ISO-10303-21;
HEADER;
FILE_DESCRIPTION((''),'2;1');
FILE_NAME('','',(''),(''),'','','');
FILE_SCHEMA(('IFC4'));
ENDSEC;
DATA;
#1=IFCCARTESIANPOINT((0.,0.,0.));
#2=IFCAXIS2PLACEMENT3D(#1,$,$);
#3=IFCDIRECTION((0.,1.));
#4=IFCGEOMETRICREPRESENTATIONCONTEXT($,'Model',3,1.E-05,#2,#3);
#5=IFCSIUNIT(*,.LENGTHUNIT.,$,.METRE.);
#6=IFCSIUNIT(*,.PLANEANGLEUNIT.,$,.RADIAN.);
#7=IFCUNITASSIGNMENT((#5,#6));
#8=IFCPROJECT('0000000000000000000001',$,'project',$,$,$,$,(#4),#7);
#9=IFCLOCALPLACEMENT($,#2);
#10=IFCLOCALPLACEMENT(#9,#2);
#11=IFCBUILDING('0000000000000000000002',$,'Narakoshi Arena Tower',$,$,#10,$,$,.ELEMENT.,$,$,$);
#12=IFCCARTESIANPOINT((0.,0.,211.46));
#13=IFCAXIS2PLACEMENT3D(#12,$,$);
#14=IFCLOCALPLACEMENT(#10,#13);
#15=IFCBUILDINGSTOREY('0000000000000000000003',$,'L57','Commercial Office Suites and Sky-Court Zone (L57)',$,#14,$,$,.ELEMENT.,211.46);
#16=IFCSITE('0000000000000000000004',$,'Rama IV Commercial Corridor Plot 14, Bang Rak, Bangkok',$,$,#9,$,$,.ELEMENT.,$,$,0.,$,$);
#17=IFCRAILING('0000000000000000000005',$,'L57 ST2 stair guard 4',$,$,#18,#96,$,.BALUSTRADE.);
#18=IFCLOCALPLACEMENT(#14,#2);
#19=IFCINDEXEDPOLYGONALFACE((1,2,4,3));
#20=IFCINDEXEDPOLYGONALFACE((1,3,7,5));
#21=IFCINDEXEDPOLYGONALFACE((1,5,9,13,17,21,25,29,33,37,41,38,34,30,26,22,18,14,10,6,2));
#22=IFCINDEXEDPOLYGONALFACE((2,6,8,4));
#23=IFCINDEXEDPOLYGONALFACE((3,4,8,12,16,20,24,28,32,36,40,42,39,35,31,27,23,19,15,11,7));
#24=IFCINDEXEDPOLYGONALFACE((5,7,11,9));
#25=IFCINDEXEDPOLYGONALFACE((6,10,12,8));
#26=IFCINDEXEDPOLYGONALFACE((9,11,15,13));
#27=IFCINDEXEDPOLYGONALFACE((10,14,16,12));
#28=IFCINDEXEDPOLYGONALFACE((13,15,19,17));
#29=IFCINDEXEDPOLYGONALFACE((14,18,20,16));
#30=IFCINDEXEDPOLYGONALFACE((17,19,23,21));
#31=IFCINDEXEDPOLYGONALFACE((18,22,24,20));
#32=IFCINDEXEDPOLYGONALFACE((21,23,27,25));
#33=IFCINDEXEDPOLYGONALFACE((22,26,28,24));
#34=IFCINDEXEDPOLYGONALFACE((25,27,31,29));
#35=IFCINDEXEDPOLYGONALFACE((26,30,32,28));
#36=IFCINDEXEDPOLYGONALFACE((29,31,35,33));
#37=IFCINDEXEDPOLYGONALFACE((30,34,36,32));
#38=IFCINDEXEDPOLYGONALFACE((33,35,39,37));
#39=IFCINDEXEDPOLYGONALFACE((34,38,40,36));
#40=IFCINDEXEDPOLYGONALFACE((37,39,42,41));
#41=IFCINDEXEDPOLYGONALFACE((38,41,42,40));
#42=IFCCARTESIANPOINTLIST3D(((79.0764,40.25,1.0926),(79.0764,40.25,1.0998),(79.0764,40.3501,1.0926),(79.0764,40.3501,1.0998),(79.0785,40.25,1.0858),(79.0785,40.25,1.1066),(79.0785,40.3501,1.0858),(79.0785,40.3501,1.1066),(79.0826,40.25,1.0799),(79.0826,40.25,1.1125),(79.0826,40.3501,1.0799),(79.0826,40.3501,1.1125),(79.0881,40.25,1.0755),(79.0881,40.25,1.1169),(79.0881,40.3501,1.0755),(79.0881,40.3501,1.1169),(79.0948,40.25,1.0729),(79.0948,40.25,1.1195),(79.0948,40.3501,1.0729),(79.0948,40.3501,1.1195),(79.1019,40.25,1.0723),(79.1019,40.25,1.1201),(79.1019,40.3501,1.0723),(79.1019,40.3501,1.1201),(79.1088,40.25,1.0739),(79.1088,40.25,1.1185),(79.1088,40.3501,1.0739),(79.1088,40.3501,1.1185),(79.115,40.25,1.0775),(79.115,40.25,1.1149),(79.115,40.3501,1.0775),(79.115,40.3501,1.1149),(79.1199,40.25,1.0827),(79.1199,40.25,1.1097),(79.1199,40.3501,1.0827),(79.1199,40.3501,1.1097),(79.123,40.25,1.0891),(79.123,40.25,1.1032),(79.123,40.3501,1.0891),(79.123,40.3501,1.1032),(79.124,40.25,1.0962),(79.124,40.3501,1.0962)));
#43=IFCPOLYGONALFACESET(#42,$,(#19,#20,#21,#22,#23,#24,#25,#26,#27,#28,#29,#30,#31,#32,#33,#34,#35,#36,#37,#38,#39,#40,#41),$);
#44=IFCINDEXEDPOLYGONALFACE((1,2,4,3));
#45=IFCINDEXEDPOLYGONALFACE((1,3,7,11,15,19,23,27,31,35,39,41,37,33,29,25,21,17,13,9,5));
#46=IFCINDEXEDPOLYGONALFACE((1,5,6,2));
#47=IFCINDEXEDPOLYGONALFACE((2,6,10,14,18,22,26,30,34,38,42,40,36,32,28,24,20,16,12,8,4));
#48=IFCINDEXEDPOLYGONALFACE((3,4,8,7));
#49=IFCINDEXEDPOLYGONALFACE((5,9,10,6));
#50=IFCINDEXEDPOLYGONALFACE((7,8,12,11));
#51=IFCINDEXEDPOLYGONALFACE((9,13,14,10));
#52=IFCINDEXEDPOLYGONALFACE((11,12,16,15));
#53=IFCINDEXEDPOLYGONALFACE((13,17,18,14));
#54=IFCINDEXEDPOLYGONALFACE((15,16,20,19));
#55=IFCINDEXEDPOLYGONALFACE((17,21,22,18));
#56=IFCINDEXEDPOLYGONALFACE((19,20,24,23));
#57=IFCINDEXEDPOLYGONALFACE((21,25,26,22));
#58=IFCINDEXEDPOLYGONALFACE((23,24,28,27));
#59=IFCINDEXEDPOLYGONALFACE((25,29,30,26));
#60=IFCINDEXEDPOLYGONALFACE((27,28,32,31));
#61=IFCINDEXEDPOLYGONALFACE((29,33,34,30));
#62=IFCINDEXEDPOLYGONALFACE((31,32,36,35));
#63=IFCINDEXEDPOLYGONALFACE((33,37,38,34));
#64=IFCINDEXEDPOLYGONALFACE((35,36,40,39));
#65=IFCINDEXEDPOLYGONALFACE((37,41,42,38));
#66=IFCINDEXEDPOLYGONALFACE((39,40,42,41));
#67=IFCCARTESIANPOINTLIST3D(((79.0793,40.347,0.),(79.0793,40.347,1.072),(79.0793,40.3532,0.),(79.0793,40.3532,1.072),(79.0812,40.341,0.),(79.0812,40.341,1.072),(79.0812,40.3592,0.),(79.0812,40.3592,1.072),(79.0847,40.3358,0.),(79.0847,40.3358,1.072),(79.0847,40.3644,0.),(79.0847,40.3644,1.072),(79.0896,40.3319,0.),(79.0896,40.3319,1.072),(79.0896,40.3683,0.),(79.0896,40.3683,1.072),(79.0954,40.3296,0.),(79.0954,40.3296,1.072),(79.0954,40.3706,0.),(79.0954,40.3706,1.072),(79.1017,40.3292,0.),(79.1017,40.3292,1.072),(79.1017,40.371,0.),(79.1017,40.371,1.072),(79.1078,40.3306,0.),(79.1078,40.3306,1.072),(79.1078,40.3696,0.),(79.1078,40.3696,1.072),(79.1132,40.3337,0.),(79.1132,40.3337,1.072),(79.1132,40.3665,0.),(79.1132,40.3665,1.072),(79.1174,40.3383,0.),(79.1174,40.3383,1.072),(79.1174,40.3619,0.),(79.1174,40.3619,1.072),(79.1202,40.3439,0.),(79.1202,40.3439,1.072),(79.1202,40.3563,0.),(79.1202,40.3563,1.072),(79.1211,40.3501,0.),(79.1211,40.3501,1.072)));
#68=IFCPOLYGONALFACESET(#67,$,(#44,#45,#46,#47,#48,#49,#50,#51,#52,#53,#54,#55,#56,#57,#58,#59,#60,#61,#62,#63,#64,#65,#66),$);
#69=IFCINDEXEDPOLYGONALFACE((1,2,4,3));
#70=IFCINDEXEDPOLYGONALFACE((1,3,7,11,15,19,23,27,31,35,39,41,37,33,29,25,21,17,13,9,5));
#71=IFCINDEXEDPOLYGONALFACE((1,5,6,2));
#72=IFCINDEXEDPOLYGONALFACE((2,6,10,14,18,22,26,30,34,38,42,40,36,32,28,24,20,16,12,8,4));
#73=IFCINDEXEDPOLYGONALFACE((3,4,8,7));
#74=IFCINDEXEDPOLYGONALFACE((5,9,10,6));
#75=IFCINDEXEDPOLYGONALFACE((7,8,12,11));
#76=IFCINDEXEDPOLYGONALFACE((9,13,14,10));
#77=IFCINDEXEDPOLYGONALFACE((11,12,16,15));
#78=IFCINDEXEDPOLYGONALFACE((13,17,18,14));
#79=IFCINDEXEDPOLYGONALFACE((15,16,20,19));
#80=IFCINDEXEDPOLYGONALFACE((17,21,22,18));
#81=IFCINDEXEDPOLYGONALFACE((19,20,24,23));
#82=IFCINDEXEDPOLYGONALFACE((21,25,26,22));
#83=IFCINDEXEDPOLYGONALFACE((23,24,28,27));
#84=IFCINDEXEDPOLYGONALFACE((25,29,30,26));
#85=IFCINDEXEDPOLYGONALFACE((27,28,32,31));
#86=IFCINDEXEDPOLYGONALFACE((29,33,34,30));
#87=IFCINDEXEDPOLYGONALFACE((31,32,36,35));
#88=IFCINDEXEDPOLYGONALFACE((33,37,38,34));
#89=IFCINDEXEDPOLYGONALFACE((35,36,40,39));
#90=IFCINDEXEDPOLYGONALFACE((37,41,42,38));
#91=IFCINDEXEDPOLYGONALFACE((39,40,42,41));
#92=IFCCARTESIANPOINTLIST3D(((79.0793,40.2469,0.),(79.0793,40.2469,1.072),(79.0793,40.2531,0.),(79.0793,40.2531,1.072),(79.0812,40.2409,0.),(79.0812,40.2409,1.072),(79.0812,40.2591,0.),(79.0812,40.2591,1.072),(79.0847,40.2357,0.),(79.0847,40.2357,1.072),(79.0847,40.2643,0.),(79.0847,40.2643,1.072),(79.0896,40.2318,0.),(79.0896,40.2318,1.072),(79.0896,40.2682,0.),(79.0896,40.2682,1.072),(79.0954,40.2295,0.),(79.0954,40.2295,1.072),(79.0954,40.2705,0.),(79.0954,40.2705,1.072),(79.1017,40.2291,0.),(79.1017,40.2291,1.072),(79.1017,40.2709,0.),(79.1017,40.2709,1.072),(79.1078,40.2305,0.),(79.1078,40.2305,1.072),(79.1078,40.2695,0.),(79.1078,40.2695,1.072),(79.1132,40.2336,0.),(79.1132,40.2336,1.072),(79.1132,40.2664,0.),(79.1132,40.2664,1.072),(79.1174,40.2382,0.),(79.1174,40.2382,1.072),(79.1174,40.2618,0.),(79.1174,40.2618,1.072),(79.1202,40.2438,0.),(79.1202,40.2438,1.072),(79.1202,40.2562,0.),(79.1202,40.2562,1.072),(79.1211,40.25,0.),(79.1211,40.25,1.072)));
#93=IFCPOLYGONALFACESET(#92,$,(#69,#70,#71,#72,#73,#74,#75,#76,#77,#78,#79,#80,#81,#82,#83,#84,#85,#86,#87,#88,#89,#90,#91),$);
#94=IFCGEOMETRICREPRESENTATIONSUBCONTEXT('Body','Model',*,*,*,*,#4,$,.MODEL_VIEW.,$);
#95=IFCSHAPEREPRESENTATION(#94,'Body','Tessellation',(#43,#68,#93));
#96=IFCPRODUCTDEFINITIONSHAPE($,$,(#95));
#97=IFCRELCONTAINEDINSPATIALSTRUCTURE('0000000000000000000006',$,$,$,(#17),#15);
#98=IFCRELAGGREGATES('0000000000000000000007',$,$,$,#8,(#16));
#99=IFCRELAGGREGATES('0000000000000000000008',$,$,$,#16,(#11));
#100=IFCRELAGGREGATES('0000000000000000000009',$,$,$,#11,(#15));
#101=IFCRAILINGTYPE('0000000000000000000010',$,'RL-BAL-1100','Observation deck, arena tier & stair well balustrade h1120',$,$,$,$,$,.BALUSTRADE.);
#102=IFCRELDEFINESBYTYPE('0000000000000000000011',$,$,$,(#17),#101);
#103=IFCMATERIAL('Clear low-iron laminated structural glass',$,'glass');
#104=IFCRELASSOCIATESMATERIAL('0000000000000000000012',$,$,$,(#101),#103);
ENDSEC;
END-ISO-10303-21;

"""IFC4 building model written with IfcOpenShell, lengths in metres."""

from ifc_helpers import new_model, si_unit, direction, frame, origin, origin_2d, place, context, subcontext, project, spatial, circle, extrude, material, type_object, element, save


model = new_model("IFC4")

# Units and contexts
model_context = context("Model", 3, precision=1e-05, world=origin(), true_north=direction((0.0, 1.0)))
body_context = subcontext(model_context, "Body", "Model", "MODEL_VIEW")
ifc_project = project(units=[si_unit("LENGTHUNIT", "METRE"), si_unit("PLANEANGLEUNIT", "RADIAN")], contexts=[model_context])

# Site, building, storey
site_placement = place(None, origin())
site = spatial("IfcSite", under=ifc_project, at=site_placement, Name="Rama IV Commercial Corridor Plot 14, Bang Rak, Bangkok", CompositionType="ELEMENT", RefElevation=0.0)
building_placement = place(site_placement, origin())
building = spatial("IfcBuilding", under=site, at=building_placement, Name="Narakoshi Arena Tower", CompositionType="ELEMENT")
storey_placement = place(building_placement, frame((0.0, 0.0, 211.46)))
storey = spatial("IfcBuildingStorey", under=building, at=storey_placement, Name="L57", Description="Commercial Office Suites and Sky-Court Zone (L57)", CompositionType="ELEMENT", Elevation=211.46)

# Railing
ifc_material_1 = material(Name="Clear low-iron laminated structural glass", Category="glass")
railing_type = type_object("IfcRailingType", Name="RL-BAL-1100", Description="Observation deck, arena tier & stair well balustrade h1120", PredefinedType="BALUSTRADE", material=ifc_material_1)
railing_placement = place(storey_placement, frame((79.1001, 40.3501, 0.0)))
element("IfcRailing", 1, at=railing_placement, inside=storey, type_object=railing_type, Name="L57 ST2 stair guard 4", PredefinedType="BALUSTRADE", context=body_context, shape_type="SweptSolid", body=[
    extrude(circle(Radius=0.0239, at=origin_2d()), frame((0.0, 0.0, 1.0962), z_axis=(0.0, -1.0, 0.0), x_axis=(1.0, 0.0, 0.0)), (0.0, 0.0, 1.0), 0.1001),
    extrude(circle(Radius=0.021, at=origin_2d()), origin(), (0.0, 0.0, 1.0), 1.072),
    extrude(circle(Radius=0.021, at=origin_2d()), frame((0.0, -0.1001, 0.0)), (0.0, 0.0, 1.0), 1.072),
])

save(model, "model.ifc")
